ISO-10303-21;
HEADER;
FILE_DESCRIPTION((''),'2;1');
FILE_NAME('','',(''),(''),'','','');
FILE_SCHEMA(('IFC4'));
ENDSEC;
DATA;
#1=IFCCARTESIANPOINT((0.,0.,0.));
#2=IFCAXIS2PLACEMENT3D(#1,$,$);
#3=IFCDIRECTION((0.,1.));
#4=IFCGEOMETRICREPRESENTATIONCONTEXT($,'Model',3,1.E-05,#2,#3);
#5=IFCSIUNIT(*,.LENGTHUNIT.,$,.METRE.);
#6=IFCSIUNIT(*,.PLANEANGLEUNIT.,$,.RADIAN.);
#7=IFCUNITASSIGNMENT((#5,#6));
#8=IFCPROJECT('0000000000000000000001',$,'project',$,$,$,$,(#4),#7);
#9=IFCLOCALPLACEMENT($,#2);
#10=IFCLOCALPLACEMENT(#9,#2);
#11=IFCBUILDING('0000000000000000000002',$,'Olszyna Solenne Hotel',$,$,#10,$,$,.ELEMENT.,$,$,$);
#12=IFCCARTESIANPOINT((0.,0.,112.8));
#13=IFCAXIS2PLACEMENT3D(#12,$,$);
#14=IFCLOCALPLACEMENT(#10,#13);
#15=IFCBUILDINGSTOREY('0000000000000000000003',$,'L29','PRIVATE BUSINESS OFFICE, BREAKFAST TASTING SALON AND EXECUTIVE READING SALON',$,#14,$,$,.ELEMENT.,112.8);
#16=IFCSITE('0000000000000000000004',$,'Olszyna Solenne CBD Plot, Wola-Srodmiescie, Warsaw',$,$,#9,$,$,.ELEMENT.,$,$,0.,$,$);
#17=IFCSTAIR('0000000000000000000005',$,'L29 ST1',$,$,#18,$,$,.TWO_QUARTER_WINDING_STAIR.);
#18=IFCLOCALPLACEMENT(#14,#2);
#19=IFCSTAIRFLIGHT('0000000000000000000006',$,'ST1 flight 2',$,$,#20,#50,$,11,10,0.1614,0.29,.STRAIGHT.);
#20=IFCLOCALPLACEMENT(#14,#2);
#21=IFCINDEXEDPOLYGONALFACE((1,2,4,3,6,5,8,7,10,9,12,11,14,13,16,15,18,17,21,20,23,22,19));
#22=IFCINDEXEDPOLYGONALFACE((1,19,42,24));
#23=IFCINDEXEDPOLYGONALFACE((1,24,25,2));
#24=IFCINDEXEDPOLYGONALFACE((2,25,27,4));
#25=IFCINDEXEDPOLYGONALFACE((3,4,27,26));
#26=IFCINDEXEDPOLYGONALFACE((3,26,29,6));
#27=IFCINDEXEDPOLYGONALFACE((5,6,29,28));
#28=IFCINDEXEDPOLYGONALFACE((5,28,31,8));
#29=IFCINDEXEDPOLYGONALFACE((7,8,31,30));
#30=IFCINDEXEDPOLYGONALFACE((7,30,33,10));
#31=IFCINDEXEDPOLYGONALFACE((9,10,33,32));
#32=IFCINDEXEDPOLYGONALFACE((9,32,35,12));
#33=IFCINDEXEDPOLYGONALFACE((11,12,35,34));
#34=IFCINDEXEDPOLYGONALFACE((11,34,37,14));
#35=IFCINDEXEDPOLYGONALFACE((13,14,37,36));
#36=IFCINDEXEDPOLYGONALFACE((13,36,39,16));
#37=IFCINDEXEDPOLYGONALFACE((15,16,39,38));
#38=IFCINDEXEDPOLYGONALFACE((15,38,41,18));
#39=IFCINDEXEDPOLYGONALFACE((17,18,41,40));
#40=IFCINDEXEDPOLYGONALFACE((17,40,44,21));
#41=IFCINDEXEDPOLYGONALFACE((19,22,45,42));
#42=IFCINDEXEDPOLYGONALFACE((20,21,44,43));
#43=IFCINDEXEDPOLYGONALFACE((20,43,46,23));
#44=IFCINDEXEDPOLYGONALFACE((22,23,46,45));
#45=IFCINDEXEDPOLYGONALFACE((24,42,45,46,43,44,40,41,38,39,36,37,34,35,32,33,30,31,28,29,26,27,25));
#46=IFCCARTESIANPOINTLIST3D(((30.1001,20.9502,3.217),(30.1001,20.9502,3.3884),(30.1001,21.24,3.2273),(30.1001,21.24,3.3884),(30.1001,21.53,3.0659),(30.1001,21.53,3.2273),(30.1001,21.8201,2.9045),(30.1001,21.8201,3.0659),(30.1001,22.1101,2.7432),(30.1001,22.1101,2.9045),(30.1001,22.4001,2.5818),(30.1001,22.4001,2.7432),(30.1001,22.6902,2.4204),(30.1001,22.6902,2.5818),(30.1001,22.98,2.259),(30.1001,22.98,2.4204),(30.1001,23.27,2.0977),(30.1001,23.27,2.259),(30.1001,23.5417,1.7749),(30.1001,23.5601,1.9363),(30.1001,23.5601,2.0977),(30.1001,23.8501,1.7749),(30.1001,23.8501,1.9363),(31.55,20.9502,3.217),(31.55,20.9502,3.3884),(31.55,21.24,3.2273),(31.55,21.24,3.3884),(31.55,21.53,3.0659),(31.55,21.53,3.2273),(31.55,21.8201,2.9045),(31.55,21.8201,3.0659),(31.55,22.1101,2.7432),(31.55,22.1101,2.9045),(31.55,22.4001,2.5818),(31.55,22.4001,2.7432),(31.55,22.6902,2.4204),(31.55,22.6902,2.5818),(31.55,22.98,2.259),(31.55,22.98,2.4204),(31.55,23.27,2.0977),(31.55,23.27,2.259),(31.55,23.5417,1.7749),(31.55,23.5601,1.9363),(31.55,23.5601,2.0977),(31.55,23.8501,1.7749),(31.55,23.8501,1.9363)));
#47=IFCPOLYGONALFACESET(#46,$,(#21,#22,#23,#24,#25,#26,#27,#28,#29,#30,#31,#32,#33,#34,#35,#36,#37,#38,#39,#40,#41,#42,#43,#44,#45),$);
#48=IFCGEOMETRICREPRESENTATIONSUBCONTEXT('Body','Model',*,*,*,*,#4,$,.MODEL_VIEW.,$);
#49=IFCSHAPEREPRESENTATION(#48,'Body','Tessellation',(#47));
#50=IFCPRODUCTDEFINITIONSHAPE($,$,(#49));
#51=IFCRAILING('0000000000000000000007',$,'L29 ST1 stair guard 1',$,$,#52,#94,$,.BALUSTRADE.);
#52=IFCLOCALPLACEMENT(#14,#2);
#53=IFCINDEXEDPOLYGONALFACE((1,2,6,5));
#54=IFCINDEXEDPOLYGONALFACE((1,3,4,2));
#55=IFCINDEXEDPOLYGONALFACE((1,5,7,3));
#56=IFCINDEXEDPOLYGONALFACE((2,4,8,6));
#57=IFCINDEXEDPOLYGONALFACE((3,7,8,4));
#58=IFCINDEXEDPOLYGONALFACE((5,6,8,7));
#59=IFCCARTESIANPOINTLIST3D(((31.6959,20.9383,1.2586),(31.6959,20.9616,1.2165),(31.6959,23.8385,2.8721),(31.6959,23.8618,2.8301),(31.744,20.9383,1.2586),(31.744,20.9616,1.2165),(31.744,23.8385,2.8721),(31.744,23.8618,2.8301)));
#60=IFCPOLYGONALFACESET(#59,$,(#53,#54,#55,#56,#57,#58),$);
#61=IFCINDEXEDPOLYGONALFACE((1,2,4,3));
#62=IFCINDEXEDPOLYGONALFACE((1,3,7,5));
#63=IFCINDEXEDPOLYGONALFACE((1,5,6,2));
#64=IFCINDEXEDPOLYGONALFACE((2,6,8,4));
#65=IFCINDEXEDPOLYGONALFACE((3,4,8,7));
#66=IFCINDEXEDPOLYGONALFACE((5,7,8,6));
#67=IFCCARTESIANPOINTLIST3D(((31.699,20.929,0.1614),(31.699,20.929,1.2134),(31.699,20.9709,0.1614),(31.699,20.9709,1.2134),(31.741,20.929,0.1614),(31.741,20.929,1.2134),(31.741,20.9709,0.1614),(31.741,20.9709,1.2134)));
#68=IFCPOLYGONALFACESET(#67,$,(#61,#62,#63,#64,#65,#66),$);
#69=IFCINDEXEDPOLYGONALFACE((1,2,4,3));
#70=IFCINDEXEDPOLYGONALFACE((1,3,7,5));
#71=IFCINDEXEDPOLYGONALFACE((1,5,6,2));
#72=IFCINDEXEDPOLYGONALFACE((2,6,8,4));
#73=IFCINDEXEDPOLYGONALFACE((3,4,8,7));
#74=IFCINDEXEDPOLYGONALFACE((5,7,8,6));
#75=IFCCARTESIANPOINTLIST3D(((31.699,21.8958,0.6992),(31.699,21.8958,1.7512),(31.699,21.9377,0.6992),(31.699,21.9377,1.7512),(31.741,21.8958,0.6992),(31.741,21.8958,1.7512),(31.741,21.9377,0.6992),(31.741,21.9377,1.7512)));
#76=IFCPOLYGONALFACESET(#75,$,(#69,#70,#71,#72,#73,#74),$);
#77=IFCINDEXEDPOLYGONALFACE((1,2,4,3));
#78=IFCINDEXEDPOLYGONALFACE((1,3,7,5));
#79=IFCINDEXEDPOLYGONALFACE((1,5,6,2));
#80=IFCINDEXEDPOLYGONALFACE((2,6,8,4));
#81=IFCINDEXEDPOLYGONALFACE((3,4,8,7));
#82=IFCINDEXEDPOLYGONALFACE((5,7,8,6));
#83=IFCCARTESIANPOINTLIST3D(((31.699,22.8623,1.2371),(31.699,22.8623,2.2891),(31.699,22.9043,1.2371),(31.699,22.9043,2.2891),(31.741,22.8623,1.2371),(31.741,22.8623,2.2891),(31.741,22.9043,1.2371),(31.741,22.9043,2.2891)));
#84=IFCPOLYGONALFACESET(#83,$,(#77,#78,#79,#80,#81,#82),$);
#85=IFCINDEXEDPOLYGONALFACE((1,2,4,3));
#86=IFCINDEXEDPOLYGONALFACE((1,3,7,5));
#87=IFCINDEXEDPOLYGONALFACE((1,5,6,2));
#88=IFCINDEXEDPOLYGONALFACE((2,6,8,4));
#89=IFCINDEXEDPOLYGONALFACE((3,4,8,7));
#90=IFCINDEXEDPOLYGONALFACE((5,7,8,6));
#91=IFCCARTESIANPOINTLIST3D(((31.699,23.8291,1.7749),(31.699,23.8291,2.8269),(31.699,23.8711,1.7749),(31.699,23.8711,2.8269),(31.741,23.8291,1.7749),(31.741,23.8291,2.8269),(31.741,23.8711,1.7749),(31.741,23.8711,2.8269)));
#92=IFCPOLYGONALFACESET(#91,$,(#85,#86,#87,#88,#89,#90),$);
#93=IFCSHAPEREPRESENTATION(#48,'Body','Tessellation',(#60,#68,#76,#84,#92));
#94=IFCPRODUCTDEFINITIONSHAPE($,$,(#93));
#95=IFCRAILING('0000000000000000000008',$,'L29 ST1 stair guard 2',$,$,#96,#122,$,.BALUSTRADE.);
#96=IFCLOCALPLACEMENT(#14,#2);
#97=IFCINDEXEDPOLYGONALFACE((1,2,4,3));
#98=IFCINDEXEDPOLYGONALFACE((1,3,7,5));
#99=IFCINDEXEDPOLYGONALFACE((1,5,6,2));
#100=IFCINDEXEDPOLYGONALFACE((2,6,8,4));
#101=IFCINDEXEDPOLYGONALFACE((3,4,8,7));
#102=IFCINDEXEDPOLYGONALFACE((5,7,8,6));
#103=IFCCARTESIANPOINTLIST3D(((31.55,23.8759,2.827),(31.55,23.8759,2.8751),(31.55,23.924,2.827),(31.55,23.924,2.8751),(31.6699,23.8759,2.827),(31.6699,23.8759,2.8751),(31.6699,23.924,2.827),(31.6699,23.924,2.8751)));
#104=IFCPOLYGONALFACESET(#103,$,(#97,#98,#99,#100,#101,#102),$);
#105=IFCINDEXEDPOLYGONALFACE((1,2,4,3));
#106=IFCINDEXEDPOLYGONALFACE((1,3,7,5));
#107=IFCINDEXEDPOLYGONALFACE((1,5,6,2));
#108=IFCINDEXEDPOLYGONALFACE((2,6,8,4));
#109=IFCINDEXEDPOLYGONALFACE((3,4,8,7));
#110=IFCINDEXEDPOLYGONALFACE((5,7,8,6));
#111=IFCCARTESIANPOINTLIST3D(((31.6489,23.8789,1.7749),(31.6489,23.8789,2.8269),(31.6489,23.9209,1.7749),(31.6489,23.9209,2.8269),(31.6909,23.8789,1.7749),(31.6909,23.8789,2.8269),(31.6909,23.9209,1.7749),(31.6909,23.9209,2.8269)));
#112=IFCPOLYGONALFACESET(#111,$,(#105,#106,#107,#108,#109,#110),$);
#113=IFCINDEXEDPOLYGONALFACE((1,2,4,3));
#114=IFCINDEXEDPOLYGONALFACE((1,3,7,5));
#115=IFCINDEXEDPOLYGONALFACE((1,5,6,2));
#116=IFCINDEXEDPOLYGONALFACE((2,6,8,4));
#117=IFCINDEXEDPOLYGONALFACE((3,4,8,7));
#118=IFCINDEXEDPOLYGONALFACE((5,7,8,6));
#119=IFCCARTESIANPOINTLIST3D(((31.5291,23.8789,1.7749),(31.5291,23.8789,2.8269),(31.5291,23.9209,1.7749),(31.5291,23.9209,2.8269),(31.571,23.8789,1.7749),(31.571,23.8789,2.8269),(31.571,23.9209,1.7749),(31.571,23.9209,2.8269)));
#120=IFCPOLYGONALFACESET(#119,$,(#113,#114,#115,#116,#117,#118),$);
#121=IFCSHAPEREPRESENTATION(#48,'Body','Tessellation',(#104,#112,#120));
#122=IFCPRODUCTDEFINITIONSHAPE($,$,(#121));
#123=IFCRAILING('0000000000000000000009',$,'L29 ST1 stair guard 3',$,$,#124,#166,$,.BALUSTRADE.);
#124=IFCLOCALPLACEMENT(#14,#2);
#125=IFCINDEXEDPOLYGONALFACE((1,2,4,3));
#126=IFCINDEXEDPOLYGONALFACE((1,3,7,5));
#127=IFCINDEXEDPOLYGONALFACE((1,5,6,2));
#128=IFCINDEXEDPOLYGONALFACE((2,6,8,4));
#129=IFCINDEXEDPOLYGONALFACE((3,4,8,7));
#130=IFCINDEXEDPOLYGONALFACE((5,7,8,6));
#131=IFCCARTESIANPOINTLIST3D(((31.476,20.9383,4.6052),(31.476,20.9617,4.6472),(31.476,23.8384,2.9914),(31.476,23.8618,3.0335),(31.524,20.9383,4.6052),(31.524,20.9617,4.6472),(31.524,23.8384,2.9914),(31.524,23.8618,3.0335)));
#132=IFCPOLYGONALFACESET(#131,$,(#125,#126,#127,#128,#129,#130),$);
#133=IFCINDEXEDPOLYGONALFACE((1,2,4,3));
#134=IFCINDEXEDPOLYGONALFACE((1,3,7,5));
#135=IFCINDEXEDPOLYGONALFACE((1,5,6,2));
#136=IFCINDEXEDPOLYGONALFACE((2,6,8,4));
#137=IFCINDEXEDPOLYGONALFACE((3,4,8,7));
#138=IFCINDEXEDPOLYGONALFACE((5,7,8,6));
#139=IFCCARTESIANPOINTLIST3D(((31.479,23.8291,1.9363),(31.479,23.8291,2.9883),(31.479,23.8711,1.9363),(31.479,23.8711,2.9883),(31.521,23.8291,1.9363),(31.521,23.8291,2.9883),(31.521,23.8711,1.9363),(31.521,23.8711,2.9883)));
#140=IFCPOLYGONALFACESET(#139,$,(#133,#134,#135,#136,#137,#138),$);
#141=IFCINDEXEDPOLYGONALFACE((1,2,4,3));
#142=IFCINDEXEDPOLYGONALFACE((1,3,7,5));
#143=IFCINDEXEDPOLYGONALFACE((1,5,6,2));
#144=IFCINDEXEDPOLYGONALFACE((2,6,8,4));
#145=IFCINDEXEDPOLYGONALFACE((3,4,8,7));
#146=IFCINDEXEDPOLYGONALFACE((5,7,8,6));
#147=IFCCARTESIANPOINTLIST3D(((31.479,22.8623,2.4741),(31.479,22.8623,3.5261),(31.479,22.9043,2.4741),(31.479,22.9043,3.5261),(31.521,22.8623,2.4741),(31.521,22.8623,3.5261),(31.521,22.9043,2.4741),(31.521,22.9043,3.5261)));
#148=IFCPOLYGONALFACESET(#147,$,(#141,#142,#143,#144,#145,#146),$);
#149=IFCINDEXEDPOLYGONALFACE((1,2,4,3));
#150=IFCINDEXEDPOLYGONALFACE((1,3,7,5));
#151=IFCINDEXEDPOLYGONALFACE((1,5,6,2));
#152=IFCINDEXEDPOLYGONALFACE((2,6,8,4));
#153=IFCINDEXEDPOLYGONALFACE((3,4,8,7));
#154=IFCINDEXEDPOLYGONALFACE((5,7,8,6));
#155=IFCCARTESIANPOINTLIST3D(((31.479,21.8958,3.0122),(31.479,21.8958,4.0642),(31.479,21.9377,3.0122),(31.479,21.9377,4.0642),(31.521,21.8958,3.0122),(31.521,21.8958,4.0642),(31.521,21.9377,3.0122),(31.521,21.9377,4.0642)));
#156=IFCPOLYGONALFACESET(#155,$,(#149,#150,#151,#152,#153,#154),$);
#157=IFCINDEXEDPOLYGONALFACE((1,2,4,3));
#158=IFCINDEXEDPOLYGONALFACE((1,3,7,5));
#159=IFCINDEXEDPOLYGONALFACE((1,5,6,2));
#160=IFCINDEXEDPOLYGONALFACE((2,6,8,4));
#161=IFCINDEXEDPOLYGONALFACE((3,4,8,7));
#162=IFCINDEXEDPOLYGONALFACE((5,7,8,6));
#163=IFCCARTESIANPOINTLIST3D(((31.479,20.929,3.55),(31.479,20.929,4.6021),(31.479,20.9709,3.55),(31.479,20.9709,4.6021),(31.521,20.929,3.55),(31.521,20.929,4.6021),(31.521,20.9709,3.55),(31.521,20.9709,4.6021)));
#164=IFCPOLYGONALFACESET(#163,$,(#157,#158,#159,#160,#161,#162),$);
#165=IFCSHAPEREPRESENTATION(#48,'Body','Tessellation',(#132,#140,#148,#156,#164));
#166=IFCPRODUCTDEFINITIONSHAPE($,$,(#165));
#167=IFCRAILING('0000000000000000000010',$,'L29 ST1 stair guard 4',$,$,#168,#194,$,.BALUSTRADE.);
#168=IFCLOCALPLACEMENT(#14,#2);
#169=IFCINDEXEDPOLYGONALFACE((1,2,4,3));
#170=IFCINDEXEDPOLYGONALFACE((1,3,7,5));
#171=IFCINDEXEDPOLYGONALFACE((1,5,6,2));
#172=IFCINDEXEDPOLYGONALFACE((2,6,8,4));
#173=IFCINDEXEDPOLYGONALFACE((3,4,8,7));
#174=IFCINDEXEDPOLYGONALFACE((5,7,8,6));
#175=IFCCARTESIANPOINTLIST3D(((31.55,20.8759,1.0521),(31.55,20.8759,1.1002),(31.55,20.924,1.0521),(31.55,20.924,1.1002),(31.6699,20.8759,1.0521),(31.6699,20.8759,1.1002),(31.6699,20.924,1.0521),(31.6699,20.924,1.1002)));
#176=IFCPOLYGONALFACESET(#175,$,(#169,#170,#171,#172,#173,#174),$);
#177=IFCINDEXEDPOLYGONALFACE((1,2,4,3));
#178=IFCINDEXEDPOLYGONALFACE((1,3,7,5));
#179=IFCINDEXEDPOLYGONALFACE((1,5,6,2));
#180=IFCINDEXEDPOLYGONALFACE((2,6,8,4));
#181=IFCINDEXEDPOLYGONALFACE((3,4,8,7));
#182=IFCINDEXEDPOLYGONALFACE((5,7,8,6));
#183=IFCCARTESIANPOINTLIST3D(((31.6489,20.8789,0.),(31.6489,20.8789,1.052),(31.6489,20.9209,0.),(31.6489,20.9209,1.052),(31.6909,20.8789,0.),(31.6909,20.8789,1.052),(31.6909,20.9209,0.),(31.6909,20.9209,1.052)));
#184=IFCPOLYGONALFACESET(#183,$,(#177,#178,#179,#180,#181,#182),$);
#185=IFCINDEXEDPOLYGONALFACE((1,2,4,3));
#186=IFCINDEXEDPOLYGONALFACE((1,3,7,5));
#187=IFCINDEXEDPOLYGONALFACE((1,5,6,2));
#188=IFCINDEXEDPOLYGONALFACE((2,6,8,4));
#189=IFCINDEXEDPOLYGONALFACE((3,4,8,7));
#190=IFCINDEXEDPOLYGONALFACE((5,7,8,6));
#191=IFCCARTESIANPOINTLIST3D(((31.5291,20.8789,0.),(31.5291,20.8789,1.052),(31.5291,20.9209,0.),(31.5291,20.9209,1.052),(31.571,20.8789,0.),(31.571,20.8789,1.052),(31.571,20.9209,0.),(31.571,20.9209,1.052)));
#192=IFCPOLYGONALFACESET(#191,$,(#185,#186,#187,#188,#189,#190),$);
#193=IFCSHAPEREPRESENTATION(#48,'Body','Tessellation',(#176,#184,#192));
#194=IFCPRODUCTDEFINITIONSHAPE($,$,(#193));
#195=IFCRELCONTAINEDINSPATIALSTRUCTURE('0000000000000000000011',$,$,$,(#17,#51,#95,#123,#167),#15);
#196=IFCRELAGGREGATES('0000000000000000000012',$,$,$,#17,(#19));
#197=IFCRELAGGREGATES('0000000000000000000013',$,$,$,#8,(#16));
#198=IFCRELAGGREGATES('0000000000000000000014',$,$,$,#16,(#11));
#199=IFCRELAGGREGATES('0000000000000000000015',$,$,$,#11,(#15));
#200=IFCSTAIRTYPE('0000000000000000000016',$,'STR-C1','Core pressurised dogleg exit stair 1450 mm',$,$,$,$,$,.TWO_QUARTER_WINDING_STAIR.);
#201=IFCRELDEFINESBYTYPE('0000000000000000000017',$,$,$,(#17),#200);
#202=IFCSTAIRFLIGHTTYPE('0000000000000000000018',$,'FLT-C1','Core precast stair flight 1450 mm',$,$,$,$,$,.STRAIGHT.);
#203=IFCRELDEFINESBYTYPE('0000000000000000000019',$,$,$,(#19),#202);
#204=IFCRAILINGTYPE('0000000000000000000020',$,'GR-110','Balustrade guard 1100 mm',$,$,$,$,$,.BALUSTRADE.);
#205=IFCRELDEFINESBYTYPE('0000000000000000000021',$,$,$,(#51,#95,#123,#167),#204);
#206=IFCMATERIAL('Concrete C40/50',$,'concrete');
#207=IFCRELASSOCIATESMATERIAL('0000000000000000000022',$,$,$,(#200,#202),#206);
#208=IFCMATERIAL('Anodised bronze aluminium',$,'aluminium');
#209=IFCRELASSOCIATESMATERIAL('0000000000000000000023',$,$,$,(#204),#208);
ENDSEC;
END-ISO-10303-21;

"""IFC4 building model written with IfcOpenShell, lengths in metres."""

from ifc_helpers import new_model, si_unit, direction, frame, origin, origin_2d, place, context, subcontext, project, spatial, polyline, rectangle, outline, extrude, material, type_object, element, aggregate, save


model = new_model("IFC4")

# Units and contexts
model_context = context("Model", 3, precision=1e-05, world=origin(), true_north=direction((0.0, 1.0)))
body_context = subcontext(model_context, "Body", "Model", "MODEL_VIEW")
ifc_project = project(units=[si_unit("LENGTHUNIT", "METRE"), si_unit("PLANEANGLEUNIT", "RADIAN")], contexts=[model_context])

# Site, building, storey
site_placement = place(None, origin())
site = spatial("IfcSite", under=ifc_project, at=site_placement, Name="Olszyna Solenne CBD Plot, Wola-Srodmiescie, Warsaw", CompositionType="ELEMENT", RefElevation=0.0)
building_placement = place(site_placement, origin())
building = spatial("IfcBuilding", under=site, at=building_placement, Name="Olszyna Solenne Hotel", CompositionType="ELEMENT")
storey_placement = place(building_placement, frame((0.0, 0.0, 112.8)))
storey = spatial("IfcBuildingStorey", under=building, at=storey_placement, Name="L29", Description="PRIVATE BUSINESS OFFICE, BREAKFAST TASTING SALON AND EXECUTIVE READING SALON", CompositionType="ELEMENT", Elevation=112.8)

# Shared definitions
ifc_material_1 = material(Name="Anodised bronze aluminium", Category="aluminium")

# Stair, stair flight
ifc_material_2 = material(Name="Concrete C40/50", Category="concrete")
stair_type = type_object("IfcStairType", Name="STR-C1", Description="Core pressurised dogleg exit stair 1450 mm", PredefinedType="TWO_QUARTER_WINDING_STAIR", material=ifc_material_2)
stair_placement = place(storey_placement, origin())
stair = element("IfcStair", 1, at=stair_placement, inside=storey, type_object=stair_type, Name="L29 ST1", PredefinedType="TWO_QUARTER_WINDING_STAIR")
stair_flight_type = type_object("IfcStairFlightType", Name="FLT-C1", Description="Core precast stair flight 1450 mm", PredefinedType="STRAIGHT", material=ifc_material_2)
stair_flight_placement = place(storey_placement, frame((30.825, 23.8501, 1.7749), z_axis=(0.0, 0.0, 1.0), x_axis=(0.0, -1.0, 0.0)))
stair_flight = element("IfcStairFlight", 2, at=stair_flight_placement, type_object=stair_flight_type, Name="ST1 flight 2", NumberOfRisers=11, NumberOfTreads=10, PredefinedType="STRAIGHT", RiserHeight=0.1614, TreadLength=0.29, context=body_context, shape_type="SweptSolid", body=[
    extrude(outline(polyline([(0.0, 0.0), (0.0, 0.1614), (0.29, 0.1614), (0.29, 0.3228), (0.5801, 0.3228), (0.5801, 0.4841), (0.8701, 0.4841), (0.8701, 0.6455), (1.1599, 0.6455), (1.1599, 0.8069), (1.45, 0.8069), (1.45, 0.9683), (1.74, 0.9683), (1.74, 1.1296), (2.03, 1.1296), (2.03, 1.291), (2.3201, 1.291), (2.3201, 1.4524), (2.6101, 1.4524), (2.6101, 1.6135), (2.8999, 1.6135), (2.8999, 1.7749), (2.8999, 1.4421), (0.3083, 0.0), (0.0, 0.0)])), frame((0.0, 0.7251, 0.0), z_axis=(0.0, -1.0, 0.0), x_axis=(1.0, 0.0, 0.0)), (0.0, 0.0, 1.0), 1.45),
])
aggregate(stair, [stair_flight])

# Railings
railing_type_1 = type_object("IfcRailingType", Name="GR-110", Description="Balustrade guard 1100 mm", PredefinedType="BALUSTRADE", material=ifc_material_1)
railing_1_placement = place(storey_placement, frame((31.72, 20.95, 0.1614)))
element("IfcRailing", 3, at=railing_1_placement, inside=storey, type_object=railing_type_1, Name="L29 ST1 stair guard 1", PredefinedType="BALUSTRADE", context=body_context, shape_type="SweptSolid", body=[
    extrude(rectangle(XDim=0.0481, YDim=0.0481, at=origin_2d()), frame((0.0, 0.0, 1.0762), z_axis=(0.0, 0.873859, 0.48618), x_axis=(-1.0, 0.0, 0.0)), (0.0, 0.0, 1.0), 3.3188),
    extrude(rectangle(XDim=0.042, YDim=0.042, at=origin_2d()), origin(), (0.0, 0.0, 1.0), 1.052),
    extrude(rectangle(XDim=0.042, YDim=0.042, at=origin_2d()), frame((0.0, 0.9668, 0.5378)), (0.0, 0.0, 1.0), 1.052),
    extrude(rectangle(XDim=0.042, YDim=0.042, at=origin_2d()), frame((0.0, 1.9333, 1.0757)), (0.0, 0.0, 1.0), 1.052),
    extrude(rectangle(XDim=0.042, YDim=0.042, at=origin_2d()), frame((0.0, 2.9001, 1.6135)), (0.0, 0.0, 1.0), 1.052),
])
railing_2_placement = place(storey_placement, frame((31.6699, 23.8999, 1.7749)))
element("IfcRailing", 4, at=railing_2_placement, inside=storey, type_object=railing_type_1, Name="L29 ST1 stair guard 2", PredefinedType="BALUSTRADE", context=body_context, shape_type="SweptSolid", body=[
    extrude(rectangle(XDim=0.0481, YDim=0.0481, at=origin_2d()), frame((0.0, 0.0, 1.0762), z_axis=(-1.0, 0.0, 0.0), x_axis=(0.0, -1.0, 0.0)), (0.0, 0.0, 1.0), 0.1199),
    extrude(rectangle(XDim=0.042, YDim=0.042, at=origin_2d()), origin(), (0.0, 0.0, 1.0), 1.052),
    extrude(rectangle(XDim=0.042, YDim=0.042, at=origin_2d()), frame((-0.1199, 0.0, 0.0)), (0.0, 0.0, 1.0), 1.052),
])
railing_3_placement = place(storey_placement, frame((31.5, 23.8501, 1.9363)))
element("IfcRailing", 5, at=railing_3_placement, inside=storey, type_object=railing_type_1, Name="L29 ST1 stair guard 3", PredefinedType="BALUSTRADE", context=body_context, shape_type="SweptSolid", body=[
    extrude(rectangle(XDim=0.0481, YDim=0.0481, at=origin_2d()), frame((0.0, 0.0, 1.0762), z_axis=(0.0, -0.873827, 0.486236), x_axis=(1.0, 0.0, 0.0)), (0.0, 0.0, 1.0), 3.3188),
    extrude(rectangle(XDim=0.042, YDim=0.042, at=origin_2d()), origin(), (0.0, 0.0, 1.0), 1.052),
    extrude(rectangle(XDim=0.042, YDim=0.042, at=origin_2d()), frame((0.0, -0.9668, 0.5378)), (0.0, 0.0, 1.0), 1.052),
    extrude(rectangle(XDim=0.042, YDim=0.042, at=origin_2d()), frame((0.0, -1.9333, 1.0759)), (0.0, 0.0, 1.0), 1.052),
    extrude(rectangle(XDim=0.042, YDim=0.042, at=origin_2d()), frame((0.0, -2.9001, 1.6138)), (0.0, 0.0, 1.0), 1.052),
])
railing_4_placement = place(storey_placement, frame((31.6699, 20.8999, 0.0)))
element("IfcRailing", 6, at=railing_4_placement, inside=storey, type_object=railing_type_1, Name="L29 ST1 stair guard 4", PredefinedType="BALUSTRADE", context=body_context, shape_type="SweptSolid", body=[
    extrude(rectangle(XDim=0.0481, YDim=0.0481, at=origin_2d()), frame((0.0, 0.0, 1.0762), z_axis=(-1.0, 0.0, 0.0), x_axis=(0.0, -1.0, 0.0)), (0.0, 0.0, 1.0), 0.1199),
    extrude(rectangle(XDim=0.042, YDim=0.042, at=origin_2d()), origin(), (0.0, 0.0, 1.0), 1.052),
    extrude(rectangle(XDim=0.042, YDim=0.042, at=origin_2d()), frame((-0.1199, 0.0, 0.0)), (0.0, 0.0, 1.0), 1.052),
])

save(model, "model.ifc")
